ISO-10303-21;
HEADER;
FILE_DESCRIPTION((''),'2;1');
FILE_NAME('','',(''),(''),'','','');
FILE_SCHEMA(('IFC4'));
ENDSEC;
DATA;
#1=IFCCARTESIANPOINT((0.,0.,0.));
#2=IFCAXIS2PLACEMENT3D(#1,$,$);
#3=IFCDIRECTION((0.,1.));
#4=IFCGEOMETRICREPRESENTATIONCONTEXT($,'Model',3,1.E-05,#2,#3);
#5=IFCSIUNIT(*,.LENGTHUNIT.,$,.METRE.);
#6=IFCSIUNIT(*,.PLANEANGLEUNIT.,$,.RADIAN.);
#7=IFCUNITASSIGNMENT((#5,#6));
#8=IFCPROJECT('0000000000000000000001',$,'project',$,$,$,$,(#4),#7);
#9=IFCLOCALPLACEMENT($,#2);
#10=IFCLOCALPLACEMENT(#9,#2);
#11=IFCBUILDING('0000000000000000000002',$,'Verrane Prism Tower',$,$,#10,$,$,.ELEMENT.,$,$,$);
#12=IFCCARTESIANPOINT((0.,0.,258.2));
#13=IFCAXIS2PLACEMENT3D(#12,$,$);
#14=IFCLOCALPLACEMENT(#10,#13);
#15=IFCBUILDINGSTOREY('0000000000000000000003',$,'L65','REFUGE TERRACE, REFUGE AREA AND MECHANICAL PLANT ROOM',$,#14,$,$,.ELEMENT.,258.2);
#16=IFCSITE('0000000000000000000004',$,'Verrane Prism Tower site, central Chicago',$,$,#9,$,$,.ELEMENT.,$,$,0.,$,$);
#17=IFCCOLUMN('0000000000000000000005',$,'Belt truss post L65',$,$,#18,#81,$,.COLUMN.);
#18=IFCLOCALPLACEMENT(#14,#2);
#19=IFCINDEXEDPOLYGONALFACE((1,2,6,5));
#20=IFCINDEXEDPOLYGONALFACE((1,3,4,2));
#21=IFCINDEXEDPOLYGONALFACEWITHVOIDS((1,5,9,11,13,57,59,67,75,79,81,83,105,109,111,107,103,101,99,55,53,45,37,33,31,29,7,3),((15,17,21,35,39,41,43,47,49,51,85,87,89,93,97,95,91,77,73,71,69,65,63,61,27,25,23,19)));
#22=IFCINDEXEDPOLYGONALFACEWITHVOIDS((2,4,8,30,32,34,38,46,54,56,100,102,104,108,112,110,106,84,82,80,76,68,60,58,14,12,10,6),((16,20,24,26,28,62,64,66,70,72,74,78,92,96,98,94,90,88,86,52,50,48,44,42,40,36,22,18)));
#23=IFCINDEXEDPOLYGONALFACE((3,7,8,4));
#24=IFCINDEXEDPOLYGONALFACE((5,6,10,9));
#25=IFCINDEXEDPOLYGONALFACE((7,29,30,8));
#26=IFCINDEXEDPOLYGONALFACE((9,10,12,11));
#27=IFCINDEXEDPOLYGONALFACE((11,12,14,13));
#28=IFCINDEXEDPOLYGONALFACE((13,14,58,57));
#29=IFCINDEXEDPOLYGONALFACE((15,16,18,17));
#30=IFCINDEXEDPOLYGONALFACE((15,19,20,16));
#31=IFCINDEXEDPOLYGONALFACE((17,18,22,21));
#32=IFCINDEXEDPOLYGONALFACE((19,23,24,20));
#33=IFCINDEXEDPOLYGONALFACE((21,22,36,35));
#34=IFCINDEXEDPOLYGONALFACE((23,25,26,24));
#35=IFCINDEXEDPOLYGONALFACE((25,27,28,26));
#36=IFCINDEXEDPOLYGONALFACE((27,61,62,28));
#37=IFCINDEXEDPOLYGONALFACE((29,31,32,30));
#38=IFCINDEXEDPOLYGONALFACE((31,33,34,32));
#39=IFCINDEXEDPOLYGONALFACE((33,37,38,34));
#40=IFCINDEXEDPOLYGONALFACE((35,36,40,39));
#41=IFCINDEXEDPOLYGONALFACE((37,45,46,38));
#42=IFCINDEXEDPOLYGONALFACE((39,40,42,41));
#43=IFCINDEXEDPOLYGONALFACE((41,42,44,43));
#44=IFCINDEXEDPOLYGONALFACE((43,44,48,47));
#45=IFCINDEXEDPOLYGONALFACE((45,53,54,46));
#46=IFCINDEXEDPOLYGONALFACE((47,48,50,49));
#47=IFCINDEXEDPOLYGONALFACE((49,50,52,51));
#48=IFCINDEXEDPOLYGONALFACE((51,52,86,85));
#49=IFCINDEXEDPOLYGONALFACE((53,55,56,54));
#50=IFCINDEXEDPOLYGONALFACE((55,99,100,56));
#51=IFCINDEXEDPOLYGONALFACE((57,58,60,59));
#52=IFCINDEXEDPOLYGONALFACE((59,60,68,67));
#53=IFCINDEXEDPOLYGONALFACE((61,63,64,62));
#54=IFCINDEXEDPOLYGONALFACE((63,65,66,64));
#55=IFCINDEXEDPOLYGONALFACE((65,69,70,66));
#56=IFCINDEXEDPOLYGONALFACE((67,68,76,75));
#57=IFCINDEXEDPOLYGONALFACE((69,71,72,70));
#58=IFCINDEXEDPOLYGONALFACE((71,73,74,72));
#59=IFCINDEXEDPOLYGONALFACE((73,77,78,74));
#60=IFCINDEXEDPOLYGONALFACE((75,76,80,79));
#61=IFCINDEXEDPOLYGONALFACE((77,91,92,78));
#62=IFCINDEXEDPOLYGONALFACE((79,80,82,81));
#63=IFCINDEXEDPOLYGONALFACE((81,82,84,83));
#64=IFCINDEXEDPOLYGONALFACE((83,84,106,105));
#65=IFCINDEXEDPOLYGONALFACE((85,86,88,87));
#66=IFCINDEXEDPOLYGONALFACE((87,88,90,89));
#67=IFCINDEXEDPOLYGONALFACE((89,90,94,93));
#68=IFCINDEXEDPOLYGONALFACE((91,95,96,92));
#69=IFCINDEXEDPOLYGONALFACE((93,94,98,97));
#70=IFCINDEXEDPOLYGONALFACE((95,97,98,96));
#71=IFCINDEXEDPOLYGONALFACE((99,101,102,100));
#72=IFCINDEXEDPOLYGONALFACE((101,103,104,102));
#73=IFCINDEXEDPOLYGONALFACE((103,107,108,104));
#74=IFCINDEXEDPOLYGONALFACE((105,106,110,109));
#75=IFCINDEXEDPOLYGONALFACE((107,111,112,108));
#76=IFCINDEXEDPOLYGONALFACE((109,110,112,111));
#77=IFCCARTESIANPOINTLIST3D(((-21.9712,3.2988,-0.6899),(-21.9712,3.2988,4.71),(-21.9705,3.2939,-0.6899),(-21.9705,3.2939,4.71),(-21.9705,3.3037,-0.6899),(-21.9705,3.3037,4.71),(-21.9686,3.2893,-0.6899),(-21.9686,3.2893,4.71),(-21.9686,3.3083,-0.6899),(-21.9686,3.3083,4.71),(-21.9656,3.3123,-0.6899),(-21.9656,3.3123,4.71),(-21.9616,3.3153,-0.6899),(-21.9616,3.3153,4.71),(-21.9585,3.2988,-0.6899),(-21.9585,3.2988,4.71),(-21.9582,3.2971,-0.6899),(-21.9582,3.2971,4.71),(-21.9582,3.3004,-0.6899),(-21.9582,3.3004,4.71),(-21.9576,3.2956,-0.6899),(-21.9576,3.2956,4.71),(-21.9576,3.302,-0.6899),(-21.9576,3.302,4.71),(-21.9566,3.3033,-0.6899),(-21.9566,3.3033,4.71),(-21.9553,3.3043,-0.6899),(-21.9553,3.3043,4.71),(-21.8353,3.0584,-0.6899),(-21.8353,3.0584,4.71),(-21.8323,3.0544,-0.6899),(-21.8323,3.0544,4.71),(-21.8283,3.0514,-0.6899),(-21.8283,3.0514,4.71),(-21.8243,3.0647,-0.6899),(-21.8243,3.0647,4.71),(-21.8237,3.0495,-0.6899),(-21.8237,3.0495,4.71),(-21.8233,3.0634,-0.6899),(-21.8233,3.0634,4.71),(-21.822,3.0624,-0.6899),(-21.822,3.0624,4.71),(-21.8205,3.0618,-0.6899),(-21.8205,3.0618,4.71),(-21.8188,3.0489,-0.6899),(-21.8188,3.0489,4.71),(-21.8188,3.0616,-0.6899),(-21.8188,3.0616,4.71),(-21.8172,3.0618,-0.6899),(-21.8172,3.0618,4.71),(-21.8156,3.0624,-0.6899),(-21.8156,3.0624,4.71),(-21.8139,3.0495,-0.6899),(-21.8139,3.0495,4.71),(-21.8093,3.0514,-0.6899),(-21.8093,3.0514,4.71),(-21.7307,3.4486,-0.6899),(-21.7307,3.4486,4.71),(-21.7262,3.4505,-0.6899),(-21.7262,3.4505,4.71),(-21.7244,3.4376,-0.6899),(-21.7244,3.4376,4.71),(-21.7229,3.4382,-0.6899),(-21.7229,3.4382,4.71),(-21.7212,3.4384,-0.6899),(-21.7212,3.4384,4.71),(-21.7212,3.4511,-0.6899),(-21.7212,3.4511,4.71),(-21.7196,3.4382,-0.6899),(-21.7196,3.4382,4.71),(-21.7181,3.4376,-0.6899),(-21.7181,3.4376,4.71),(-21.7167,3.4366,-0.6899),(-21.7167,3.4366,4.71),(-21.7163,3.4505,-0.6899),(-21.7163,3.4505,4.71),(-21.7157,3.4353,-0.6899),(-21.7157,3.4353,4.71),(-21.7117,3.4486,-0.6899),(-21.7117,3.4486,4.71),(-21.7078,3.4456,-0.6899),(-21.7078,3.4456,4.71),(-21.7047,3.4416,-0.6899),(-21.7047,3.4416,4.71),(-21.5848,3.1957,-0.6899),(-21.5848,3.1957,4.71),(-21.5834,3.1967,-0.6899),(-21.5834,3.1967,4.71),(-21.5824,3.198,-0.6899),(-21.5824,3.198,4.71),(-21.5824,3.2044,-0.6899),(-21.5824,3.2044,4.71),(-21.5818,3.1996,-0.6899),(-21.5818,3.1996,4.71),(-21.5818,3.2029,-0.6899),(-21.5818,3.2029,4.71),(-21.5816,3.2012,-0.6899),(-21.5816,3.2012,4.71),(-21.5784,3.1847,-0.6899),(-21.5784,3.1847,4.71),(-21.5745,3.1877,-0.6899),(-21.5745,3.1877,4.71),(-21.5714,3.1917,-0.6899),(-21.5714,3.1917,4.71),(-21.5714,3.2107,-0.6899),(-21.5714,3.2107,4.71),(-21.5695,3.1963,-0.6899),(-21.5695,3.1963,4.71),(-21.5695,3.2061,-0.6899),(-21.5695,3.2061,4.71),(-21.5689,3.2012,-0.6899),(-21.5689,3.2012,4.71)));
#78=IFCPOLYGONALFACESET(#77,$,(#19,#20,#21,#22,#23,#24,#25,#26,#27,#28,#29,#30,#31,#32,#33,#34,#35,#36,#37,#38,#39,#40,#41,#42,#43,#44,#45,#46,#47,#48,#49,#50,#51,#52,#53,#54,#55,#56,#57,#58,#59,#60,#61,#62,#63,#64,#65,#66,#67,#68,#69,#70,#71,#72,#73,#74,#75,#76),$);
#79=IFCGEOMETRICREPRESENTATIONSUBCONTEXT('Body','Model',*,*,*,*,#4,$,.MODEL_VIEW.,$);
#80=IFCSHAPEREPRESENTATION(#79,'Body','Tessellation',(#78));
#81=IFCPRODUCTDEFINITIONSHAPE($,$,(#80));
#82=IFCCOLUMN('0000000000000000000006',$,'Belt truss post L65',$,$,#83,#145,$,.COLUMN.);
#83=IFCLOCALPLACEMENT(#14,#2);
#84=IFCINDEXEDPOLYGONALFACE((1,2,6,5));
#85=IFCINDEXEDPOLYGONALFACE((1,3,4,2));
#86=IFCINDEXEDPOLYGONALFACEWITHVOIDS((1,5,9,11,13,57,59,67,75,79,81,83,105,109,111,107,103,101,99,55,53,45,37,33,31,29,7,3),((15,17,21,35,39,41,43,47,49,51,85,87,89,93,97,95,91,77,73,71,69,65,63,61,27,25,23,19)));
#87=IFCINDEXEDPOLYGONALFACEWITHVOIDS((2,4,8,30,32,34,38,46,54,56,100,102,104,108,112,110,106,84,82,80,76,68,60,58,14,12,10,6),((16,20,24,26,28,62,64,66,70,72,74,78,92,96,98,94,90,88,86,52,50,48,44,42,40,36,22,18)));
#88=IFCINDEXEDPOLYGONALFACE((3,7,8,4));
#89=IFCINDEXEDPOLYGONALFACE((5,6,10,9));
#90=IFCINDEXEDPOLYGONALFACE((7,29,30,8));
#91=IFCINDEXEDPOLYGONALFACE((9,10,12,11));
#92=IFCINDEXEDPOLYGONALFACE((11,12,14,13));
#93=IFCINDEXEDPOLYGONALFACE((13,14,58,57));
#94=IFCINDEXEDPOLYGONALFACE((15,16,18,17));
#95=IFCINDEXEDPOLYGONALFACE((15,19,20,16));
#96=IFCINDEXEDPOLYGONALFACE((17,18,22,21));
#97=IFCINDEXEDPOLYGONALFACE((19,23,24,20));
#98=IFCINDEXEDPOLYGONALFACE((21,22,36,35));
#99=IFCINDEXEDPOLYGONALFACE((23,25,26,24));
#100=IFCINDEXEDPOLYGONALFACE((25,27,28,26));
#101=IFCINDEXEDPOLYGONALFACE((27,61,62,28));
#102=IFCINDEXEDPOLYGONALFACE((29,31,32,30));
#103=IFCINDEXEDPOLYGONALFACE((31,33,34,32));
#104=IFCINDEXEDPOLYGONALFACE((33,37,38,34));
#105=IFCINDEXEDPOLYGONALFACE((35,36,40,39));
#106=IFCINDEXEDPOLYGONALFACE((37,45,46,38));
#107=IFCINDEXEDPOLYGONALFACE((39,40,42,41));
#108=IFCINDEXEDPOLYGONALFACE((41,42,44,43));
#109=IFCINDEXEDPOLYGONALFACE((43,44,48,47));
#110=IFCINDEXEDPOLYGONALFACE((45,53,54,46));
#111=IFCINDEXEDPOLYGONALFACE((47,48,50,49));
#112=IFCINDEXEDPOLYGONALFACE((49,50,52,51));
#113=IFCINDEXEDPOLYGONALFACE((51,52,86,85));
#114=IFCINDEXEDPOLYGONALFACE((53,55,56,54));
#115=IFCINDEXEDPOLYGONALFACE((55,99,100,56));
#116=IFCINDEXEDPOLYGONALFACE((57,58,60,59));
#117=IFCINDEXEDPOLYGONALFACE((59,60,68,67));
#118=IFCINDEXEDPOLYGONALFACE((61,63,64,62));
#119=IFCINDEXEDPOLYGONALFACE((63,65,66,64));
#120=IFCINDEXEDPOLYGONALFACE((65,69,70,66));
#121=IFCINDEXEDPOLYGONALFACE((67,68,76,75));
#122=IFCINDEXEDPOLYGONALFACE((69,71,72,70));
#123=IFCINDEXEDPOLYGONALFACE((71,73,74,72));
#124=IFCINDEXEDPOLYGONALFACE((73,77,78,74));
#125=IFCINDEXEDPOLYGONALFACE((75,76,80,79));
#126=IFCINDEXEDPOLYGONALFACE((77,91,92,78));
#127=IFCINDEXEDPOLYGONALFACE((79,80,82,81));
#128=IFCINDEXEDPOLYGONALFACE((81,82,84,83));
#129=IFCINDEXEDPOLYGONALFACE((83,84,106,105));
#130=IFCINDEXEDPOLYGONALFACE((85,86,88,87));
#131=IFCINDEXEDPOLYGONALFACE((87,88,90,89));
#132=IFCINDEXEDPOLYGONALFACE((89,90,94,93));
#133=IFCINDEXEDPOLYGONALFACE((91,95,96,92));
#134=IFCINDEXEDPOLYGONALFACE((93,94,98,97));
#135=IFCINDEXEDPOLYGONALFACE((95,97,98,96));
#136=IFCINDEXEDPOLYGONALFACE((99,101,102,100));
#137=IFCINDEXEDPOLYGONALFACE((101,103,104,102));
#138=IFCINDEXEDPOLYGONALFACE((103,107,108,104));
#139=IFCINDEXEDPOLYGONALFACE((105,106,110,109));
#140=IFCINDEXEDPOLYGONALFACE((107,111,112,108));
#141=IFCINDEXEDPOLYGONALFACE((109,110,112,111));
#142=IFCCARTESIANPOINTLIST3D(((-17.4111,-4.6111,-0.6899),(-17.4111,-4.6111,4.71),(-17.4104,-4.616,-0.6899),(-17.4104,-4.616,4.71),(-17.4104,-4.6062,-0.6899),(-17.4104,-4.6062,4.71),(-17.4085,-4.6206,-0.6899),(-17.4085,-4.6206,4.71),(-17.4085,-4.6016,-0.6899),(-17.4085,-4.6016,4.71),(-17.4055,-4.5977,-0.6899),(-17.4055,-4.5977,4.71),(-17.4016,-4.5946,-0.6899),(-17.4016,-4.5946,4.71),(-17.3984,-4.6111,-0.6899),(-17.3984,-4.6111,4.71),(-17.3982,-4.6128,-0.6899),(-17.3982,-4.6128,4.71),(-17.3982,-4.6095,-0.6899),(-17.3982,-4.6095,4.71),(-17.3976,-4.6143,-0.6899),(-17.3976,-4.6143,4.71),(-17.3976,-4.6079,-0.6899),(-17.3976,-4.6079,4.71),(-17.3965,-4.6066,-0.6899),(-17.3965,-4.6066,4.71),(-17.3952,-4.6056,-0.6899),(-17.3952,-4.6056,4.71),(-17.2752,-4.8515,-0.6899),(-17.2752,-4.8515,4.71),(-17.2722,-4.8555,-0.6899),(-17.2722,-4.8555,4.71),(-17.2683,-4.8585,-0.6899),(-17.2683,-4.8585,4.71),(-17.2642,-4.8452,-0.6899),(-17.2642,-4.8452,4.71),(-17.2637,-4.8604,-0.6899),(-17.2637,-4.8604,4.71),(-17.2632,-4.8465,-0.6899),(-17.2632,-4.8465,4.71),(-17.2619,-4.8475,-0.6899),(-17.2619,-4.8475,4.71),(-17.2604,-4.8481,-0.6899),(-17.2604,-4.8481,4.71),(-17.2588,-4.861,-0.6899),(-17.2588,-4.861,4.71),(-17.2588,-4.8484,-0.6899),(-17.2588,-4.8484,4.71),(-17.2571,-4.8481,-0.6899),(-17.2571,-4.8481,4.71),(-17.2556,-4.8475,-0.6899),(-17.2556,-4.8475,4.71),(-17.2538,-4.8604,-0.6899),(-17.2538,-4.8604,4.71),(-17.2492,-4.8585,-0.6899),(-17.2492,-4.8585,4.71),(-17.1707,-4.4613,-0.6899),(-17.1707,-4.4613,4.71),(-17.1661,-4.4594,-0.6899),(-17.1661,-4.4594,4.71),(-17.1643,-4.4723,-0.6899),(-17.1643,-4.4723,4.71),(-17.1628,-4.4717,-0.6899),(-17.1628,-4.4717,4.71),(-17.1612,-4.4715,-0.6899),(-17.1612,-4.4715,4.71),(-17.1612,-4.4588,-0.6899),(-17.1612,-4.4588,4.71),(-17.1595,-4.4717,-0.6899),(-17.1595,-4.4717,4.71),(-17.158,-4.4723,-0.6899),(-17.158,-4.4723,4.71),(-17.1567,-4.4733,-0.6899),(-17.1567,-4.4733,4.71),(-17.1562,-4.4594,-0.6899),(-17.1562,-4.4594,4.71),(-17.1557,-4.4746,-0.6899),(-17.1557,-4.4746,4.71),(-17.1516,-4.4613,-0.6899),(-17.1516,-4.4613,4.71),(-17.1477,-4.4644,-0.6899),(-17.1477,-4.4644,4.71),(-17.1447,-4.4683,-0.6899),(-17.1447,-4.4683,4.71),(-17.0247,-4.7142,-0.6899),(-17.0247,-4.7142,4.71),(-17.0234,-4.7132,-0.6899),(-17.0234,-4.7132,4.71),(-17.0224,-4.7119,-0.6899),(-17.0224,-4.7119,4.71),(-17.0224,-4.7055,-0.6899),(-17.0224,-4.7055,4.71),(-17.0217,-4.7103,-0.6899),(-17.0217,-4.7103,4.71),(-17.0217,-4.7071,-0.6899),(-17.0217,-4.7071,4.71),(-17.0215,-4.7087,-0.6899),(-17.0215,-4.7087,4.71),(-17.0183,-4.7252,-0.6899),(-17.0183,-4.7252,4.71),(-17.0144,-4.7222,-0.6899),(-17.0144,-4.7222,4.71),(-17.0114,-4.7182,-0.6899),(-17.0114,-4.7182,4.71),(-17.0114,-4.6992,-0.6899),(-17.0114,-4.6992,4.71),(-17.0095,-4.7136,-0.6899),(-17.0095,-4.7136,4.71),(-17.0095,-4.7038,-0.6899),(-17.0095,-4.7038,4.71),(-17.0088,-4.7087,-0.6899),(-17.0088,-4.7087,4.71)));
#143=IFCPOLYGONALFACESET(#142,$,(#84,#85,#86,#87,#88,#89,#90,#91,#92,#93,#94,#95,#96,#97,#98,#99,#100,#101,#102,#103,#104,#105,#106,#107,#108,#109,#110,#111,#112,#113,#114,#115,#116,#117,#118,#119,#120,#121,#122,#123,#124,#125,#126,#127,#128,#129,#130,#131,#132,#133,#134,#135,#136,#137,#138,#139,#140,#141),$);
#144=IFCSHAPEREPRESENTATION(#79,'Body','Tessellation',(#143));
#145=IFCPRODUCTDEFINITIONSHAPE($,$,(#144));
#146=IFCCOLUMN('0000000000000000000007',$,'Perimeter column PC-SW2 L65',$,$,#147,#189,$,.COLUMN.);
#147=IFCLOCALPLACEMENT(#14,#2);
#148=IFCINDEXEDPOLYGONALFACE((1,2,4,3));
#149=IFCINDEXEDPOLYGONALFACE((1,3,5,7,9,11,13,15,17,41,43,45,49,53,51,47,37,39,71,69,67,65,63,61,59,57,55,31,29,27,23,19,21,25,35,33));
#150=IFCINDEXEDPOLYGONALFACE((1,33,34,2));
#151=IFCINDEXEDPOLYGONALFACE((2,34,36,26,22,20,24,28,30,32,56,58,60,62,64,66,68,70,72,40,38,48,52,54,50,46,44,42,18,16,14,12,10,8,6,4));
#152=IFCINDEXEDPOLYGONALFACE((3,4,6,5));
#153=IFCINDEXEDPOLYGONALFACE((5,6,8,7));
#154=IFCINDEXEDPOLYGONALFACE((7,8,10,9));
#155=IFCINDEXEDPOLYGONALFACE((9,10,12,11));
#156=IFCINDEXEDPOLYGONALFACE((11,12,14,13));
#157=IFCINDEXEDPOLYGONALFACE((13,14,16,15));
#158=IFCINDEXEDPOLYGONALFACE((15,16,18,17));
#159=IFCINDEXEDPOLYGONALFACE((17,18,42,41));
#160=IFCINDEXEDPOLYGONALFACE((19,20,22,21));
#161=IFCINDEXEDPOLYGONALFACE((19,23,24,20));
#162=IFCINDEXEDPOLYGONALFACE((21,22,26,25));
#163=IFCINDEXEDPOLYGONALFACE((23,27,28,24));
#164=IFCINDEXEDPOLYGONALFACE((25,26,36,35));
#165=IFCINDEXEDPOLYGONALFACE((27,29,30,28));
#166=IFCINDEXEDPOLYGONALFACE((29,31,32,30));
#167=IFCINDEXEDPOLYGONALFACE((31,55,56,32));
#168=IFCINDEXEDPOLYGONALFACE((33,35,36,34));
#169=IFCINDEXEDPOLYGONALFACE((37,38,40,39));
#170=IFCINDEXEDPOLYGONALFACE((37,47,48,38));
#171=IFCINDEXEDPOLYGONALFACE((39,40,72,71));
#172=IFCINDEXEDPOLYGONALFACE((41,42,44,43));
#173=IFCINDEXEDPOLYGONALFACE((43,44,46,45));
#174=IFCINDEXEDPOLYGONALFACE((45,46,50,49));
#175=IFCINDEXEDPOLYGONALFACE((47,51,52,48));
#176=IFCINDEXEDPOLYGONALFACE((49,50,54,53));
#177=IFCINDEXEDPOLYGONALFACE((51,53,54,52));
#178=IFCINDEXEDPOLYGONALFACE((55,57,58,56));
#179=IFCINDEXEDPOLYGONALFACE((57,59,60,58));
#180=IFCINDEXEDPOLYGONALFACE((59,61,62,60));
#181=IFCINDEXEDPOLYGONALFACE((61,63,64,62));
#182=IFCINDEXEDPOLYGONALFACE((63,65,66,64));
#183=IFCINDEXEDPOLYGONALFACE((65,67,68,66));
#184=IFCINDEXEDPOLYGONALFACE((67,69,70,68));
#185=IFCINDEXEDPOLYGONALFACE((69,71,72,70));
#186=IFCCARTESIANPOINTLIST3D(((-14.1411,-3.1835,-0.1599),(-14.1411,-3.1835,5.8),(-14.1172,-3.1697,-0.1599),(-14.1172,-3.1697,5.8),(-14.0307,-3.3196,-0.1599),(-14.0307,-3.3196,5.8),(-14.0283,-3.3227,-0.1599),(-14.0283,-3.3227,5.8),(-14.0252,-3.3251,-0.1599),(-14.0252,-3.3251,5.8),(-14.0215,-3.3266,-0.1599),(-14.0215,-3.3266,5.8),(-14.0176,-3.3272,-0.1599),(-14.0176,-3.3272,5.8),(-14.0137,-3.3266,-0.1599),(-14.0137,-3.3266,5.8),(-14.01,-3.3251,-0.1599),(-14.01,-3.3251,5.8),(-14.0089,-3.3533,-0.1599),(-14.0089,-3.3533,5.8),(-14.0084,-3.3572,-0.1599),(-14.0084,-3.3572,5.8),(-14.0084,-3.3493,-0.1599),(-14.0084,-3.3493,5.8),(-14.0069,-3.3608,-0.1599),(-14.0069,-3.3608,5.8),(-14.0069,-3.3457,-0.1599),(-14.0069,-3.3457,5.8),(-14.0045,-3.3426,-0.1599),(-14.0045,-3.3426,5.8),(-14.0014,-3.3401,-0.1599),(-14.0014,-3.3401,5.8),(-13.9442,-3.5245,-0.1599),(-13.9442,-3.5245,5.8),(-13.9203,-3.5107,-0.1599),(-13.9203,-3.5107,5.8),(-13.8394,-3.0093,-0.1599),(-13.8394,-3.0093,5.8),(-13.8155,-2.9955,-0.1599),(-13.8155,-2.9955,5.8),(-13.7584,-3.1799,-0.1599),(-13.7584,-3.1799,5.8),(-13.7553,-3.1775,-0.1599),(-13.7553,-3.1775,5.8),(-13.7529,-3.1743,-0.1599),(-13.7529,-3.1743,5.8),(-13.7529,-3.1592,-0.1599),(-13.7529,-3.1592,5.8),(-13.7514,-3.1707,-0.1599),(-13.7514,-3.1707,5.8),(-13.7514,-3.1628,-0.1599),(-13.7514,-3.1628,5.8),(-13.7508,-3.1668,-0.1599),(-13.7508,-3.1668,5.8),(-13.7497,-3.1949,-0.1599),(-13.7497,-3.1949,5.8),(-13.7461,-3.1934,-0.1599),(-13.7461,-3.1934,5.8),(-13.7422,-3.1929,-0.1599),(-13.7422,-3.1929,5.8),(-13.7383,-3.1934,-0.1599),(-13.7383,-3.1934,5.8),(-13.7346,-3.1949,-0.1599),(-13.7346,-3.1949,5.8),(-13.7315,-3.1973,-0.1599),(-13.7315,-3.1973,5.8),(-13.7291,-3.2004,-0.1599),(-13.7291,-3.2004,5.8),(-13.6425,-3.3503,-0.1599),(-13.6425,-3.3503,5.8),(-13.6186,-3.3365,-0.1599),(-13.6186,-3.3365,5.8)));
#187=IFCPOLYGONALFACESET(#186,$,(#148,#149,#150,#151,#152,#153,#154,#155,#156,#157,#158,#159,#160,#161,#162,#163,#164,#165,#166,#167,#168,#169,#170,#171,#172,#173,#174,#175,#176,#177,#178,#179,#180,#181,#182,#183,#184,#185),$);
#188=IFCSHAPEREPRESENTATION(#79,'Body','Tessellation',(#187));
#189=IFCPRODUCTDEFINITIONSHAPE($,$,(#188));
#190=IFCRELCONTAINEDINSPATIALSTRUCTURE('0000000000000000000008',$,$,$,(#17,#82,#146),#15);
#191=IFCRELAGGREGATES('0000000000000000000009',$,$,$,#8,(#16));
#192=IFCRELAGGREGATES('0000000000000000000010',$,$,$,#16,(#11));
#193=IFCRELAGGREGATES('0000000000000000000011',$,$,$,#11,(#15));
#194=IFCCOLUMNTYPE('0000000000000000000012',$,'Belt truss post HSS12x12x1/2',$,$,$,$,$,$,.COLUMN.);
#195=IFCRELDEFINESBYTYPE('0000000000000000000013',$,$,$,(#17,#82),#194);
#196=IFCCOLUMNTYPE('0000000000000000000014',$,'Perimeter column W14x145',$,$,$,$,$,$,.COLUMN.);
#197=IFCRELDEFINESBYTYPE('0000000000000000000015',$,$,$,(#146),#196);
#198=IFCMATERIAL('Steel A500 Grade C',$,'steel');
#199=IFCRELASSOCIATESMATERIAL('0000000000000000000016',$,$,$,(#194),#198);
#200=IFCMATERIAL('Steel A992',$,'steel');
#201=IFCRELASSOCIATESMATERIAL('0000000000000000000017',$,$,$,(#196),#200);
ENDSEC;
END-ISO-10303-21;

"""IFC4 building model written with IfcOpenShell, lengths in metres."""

from ifc_helpers import new_model, si_unit, direction, frame, origin, origin_2d, place, context, subcontext, project, spatial, hollow_rectangle, i_section, extrude, material, material_profile, profile_set, type_object, element, save


model = new_model("IFC4")

# Units and contexts
model_context = context("Model", 3, precision=1e-05, world=origin(), true_north=direction((0.0, 1.0)))
body_context = subcontext(model_context, "Body", "Model", "MODEL_VIEW")
ifc_project = project(units=[si_unit("LENGTHUNIT", "METRE"), si_unit("PLANEANGLEUNIT", "RADIAN")], contexts=[model_context])

# Site, building, storey
site_placement = place(None, origin())
site = spatial("IfcSite", under=ifc_project, at=site_placement, Name="Verrane Prism Tower site, central Chicago", CompositionType="ELEMENT", RefElevation=0.0)
building_placement = place(site_placement, origin())
building = spatial("IfcBuilding", under=site, at=building_placement, Name="Verrane Prism Tower", CompositionType="ELEMENT")
storey_placement = place(building_placement, frame((0.0, 0.0, 258.2)))
storey = spatial("IfcBuildingStorey", under=building, at=storey_placement, Name="L65", Description="REFUGE TERRACE, REFUGE AREA AND MECHANICAL PLANT ROOM", CompositionType="ELEMENT", Elevation=258.2)

# Columns
ifc_material_1 = material(Name="Steel A500 Grade C", Category="steel")
ifc_material_profile_1 = material_profile(ifc_material_1, hollow_rectangle(XDim=0.3047, YDim=0.3047, WallThickness=0.0127, InnerFilletRadius=0.0063, OuterFilletRadius=0.019, at=origin_2d()), Name="HSS12x12x1/2")
ifc_profile_set_1 = profile_set([ifc_material_profile_1], Name="Steel A500 Grade C")
column_type_1 = type_object("IfcColumnType", Name="Belt truss post HSS12x12x1/2", PredefinedType="COLUMN", material=ifc_profile_set_1)
for number, where, z_axis, x_axis, name in (
    (1, (-21.77, 3.25, -0.6899), (0.0, 0.0, 1.0), (-0.5, 0.866025, 0.0), "Belt truss post L65"),
    (2, (-17.21, -4.6599, -0.6899), (0.0, 0.0, 1.0), (-0.5, 0.866025, 0.0), "Belt truss post L65"),
):
    element("IfcColumn", number, at=place(storey_placement, frame(where, z_axis=z_axis, x_axis=x_axis)), inside=storey, type_object=column_type_1, Name=name, PredefinedType="COLUMN", context=body_context, shape_type="SweptSolid", body=[
        extrude(hollow_rectangle(XDim=0.3047, YDim=0.3047, WallThickness=0.0127, InnerFilletRadius=0.0063, OuterFilletRadius=0.019, at=origin_2d()), origin(), (0.0, 0.0, 1.0), 5.3999),
    ])
ifc_material_2 = material(Name="Steel A992", Category="steel")
ifc_material_profile_2 = material_profile(ifc_material_2, i_section(OverallWidth=0.3938, OverallDepth=0.376, WebThickness=0.0173, FlangeThickness=0.0276, FilletRadius=0.0151, at=origin_2d()), Name="W14x145")
ifc_profile_set_2 = profile_set([ifc_material_profile_2], Name="Steel A992")
column_type_2 = type_object("IfcColumnType", Name="Perimeter column W14x145", PredefinedType="COLUMN", material=ifc_profile_set_2)
column_placement = place(storey_placement, frame((-13.8799, -3.26, -0.1599), z_axis=(0.0, 0.0, 1.0), x_axis=(-0.5, 0.866025, 0.0)))
element("IfcColumn", 3, at=column_placement, inside=storey, type_object=column_type_2, Name="Perimeter column PC-SW2 L65", PredefinedType="COLUMN", context=body_context, shape_type="SweptSolid", body=[
    extrude(i_section(OverallWidth=0.3938, OverallDepth=0.376, WebThickness=0.0173, FlangeThickness=0.0276, FilletRadius=0.0151, at=origin_2d()), origin(), (0.0, 0.0, 1.0), 5.96),
])

save(model, "model.ifc")
